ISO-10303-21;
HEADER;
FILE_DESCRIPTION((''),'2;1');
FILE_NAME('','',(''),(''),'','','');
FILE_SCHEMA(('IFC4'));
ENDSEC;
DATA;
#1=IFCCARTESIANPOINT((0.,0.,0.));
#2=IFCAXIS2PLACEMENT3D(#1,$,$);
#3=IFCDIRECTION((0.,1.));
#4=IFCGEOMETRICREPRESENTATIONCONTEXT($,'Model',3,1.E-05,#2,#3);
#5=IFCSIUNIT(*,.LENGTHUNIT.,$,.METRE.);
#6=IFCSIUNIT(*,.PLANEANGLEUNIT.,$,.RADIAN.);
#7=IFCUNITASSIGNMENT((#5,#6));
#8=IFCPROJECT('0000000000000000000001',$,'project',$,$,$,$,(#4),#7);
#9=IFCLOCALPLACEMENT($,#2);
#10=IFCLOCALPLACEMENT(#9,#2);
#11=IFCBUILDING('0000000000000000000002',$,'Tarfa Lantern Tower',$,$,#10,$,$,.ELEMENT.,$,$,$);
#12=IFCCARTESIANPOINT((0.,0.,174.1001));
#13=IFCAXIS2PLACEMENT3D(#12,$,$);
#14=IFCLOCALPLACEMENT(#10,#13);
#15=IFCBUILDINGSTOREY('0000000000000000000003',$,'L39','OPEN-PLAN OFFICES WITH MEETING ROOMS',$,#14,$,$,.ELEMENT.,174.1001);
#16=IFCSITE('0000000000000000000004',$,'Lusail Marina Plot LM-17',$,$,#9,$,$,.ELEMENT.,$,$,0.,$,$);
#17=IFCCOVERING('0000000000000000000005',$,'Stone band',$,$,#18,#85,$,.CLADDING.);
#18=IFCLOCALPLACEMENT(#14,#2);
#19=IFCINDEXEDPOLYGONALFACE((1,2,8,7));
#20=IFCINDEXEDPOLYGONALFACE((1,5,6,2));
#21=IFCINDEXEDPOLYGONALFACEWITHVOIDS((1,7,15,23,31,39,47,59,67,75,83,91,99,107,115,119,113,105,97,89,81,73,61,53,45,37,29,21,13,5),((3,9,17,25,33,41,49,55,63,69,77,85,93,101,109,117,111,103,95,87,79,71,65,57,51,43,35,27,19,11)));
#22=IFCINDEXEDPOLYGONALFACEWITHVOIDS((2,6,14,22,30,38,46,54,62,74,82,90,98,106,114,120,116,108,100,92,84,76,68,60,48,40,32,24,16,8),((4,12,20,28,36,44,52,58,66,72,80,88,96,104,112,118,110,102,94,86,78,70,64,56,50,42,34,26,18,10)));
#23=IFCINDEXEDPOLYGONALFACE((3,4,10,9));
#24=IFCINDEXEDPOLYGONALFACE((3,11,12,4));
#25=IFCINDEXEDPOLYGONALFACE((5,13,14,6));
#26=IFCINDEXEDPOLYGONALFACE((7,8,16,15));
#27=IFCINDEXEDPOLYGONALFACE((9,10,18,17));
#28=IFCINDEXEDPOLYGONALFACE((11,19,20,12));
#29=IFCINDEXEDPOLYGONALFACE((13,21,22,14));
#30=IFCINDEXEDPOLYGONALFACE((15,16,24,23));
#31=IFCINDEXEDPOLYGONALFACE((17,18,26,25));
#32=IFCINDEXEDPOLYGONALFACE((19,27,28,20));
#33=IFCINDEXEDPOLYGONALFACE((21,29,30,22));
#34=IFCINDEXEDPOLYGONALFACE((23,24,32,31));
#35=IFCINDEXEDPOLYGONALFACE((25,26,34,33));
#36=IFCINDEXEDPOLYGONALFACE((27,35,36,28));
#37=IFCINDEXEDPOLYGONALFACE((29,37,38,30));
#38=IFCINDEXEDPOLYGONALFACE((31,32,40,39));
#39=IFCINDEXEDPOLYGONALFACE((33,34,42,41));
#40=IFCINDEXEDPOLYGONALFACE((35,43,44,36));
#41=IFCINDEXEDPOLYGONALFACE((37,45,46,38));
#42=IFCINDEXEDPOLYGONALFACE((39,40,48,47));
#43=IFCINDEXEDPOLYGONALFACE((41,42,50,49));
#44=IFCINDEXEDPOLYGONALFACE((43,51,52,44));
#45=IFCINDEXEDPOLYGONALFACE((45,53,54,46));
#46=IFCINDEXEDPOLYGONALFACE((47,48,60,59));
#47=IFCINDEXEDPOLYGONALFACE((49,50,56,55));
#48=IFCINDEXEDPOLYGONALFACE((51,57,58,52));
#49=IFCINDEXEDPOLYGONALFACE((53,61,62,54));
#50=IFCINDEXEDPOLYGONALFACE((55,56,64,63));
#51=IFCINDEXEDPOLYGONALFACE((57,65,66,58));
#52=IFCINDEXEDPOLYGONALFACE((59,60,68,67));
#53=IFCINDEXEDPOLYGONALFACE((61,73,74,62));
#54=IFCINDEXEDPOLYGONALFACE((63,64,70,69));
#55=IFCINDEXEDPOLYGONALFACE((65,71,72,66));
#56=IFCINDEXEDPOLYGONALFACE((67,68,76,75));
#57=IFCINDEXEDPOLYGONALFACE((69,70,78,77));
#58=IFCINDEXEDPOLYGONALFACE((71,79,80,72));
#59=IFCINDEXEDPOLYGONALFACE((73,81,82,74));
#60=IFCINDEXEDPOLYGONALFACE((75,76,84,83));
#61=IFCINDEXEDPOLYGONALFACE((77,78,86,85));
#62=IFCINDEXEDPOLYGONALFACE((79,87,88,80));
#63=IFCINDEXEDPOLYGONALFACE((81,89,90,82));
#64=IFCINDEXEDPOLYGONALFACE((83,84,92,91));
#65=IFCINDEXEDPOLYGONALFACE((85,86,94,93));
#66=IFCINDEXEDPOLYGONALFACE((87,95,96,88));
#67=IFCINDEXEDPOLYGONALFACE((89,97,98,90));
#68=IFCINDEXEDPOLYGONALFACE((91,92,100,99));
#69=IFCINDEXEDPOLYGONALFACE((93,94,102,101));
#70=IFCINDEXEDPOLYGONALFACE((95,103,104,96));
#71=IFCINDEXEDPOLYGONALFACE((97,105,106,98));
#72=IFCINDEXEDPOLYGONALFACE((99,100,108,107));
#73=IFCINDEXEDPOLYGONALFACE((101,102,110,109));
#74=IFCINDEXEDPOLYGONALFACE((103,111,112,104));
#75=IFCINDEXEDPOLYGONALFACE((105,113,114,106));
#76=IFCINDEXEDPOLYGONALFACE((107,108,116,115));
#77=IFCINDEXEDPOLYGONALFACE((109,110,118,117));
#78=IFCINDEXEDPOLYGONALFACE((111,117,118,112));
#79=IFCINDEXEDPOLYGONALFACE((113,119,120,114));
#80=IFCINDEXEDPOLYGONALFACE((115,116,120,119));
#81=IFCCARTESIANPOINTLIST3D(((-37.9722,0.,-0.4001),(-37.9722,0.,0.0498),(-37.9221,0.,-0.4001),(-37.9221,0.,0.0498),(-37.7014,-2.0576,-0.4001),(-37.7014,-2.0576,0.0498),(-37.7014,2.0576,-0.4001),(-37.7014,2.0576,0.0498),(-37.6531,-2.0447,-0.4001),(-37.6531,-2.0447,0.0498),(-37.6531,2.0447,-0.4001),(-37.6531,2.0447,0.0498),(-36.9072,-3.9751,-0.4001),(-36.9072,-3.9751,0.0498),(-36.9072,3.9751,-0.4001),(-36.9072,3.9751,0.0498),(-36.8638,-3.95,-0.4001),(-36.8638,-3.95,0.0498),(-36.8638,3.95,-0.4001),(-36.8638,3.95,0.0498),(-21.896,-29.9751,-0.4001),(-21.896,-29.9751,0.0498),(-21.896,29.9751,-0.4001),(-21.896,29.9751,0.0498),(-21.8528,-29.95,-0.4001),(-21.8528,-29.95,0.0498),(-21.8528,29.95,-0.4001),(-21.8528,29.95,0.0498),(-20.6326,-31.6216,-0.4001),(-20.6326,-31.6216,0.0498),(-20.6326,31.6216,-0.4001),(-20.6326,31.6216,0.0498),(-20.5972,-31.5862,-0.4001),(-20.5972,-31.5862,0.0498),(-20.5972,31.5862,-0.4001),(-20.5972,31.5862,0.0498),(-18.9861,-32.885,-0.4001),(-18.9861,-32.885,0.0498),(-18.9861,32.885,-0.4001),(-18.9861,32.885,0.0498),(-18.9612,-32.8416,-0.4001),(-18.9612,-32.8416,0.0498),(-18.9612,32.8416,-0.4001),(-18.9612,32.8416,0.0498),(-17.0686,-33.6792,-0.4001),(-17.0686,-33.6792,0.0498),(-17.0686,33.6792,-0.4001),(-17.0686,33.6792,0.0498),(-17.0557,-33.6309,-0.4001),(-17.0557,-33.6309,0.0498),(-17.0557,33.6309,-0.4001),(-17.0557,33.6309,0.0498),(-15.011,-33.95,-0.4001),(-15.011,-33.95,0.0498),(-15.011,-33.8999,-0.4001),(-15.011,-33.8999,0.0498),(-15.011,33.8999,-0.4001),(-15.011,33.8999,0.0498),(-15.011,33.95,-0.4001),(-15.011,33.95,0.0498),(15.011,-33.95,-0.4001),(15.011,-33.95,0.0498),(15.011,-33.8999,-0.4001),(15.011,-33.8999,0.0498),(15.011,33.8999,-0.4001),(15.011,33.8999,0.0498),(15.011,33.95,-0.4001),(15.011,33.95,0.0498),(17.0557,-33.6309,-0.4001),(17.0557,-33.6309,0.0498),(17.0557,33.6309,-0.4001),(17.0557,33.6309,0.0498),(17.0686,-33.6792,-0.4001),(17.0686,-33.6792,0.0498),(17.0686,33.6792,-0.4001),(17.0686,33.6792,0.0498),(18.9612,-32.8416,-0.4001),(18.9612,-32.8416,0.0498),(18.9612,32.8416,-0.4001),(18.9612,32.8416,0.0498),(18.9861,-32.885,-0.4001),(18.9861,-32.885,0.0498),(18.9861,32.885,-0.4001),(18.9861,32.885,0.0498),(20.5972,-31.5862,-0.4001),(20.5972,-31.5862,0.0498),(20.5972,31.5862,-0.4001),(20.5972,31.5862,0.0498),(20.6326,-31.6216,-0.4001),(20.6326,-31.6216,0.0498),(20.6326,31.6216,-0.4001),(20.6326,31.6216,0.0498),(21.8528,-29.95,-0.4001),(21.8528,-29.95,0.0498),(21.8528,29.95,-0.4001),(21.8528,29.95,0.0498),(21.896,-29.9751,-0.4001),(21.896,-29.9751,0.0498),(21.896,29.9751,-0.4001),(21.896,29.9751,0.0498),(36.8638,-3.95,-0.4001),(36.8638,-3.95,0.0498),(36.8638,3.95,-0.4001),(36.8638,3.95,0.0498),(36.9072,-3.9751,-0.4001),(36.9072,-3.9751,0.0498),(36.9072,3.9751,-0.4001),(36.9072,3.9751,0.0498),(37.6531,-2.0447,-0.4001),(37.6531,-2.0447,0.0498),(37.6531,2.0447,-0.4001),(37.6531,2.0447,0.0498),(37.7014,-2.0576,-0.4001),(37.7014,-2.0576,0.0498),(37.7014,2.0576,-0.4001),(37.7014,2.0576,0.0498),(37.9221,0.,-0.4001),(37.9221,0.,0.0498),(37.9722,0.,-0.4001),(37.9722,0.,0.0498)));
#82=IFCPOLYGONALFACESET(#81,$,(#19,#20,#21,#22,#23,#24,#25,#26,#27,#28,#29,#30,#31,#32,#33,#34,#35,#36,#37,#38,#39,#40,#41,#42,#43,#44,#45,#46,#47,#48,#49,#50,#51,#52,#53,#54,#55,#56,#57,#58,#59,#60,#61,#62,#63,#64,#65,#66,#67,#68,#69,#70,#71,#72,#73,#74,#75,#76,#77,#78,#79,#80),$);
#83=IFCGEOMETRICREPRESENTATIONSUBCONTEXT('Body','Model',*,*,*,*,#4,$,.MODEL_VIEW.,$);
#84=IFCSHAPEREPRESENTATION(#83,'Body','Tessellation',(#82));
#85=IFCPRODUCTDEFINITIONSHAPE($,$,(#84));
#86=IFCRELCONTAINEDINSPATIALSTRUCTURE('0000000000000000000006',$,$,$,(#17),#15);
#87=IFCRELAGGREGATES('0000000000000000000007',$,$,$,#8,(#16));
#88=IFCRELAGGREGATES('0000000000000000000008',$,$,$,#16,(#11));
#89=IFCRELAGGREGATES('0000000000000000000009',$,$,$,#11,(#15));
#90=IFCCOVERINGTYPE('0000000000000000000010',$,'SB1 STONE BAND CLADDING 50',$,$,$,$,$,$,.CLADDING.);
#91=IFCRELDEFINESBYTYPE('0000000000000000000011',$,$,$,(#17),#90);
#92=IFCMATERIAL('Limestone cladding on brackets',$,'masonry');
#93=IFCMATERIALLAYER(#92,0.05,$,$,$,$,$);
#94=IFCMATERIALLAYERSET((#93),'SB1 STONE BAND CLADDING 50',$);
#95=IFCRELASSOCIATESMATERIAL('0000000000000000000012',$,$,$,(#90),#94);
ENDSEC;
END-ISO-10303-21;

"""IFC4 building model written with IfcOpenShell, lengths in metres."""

from ifc_helpers import new_model, si_unit, direction, frame, origin, place, context, subcontext, project, spatial, polyline, outline, extrude, material, layer, layer_set, type_object, element, save


model = new_model("IFC4")

# Units and contexts
model_context = context("Model", 3, precision=1e-05, world=origin(), true_north=direction((0.0, 1.0)))
body_context = subcontext(model_context, "Body", "Model", "MODEL_VIEW")
ifc_project = project(units=[si_unit("LENGTHUNIT", "METRE"), si_unit("PLANEANGLEUNIT", "RADIAN")], contexts=[model_context])

# Site, building, storey
site_placement = place(None, origin())
site = spatial("IfcSite", under=ifc_project, at=site_placement, Name="Lusail Marina Plot LM-17", CompositionType="ELEMENT", RefElevation=0.0)
building_placement = place(site_placement, origin())
building = spatial("IfcBuilding", under=site, at=building_placement, Name="Tarfa Lantern Tower", CompositionType="ELEMENT")
storey_placement = place(building_placement, frame((0.0, 0.0, 174.1001)))
storey = spatial("IfcBuildingStorey", under=building, at=storey_placement, Name="L39", Description="OPEN-PLAN OFFICES WITH MEETING ROOMS", CompositionType="ELEMENT", Elevation=174.1001)

# Covering
ifc_material_1 = material(Name="Limestone cladding on brackets", Category="masonry")
ifc_layer_1 = layer(ifc_material_1, 0.05)
ifc_layer_set_1 = layer_set([ifc_layer_1], Name="SB1 STONE BAND CLADDING 50")
covering_type_1 = type_object("IfcCoveringType", Name="SB1 STONE BAND CLADDING 50", PredefinedType="CLADDING", material=ifc_layer_set_1)
covering_1_placement = place(storey_placement, frame((0.0, 0.0, -0.4001)))
element("IfcCovering", 1, at=covering_1_placement, inside=storey, type_object=covering_type_1, Name="Stone band", PredefinedType="CLADDING", context=body_context, shape_type="SweptSolid", body=[
    extrude(outline(polyline([(36.9072, 3.9751), (21.896, 29.9751), (20.6326, 31.6216), (18.9861, 32.885), (17.0686, 33.6792), (15.011, 33.95), (-15.011, 33.95), (-17.0686, 33.6792), (-18.9861, 32.885), (-20.6326, 31.6216), (-21.896, 29.9751), (-36.9072, 3.9751), (-37.7014, 2.0576), (-37.9722, 0.0), (-37.7014, -2.0576), (-36.9072, -3.9751), (-21.896, -29.9751), (-20.6326, -31.6216), (-18.9861, -32.885), (-17.0686, -33.6792), (-15.011, -33.95), (15.011, -33.95), (17.0686, -33.6792), (18.9861, -32.885), (20.6326, -31.6216), (21.896, -29.9751), (36.9072, -3.9751), (37.7014, -2.0576), (37.9722, 0.0), (37.7014, 2.0576), (36.9072, 3.9751)]), holes=[polyline([(36.8638, 3.95), (21.8528, 29.95), (20.5972, 31.5862), (18.9612, 32.8416), (17.0557, 33.6309), (15.011, 33.8999), (-15.011, 33.8999), (-17.0557, 33.6309), (-18.9612, 32.8416), (-20.5972, 31.5862), (-21.8528, 29.95), (-36.8638, 3.95), (-37.6531, 2.0447), (-37.9221, 0.0), (-37.6531, -2.0447), (-36.8638, -3.95), (-21.8528, -29.95), (-20.5972, -31.5862), (-18.9612, -32.8416), (-17.0557, -33.6309), (-15.011, -33.8999), (15.011, -33.8999), (17.0557, -33.6309), (18.9612, -32.8416), (20.5972, -31.5862), (21.8528, -29.95), (36.8638, -3.95), (37.6531, -2.0447), (37.9221, 0.0), (37.6531, 2.0447), (36.8638, 3.95)])]), origin(), (0.0, 0.0, 1.0), 0.45),
])

save(model, "model.ifc")
